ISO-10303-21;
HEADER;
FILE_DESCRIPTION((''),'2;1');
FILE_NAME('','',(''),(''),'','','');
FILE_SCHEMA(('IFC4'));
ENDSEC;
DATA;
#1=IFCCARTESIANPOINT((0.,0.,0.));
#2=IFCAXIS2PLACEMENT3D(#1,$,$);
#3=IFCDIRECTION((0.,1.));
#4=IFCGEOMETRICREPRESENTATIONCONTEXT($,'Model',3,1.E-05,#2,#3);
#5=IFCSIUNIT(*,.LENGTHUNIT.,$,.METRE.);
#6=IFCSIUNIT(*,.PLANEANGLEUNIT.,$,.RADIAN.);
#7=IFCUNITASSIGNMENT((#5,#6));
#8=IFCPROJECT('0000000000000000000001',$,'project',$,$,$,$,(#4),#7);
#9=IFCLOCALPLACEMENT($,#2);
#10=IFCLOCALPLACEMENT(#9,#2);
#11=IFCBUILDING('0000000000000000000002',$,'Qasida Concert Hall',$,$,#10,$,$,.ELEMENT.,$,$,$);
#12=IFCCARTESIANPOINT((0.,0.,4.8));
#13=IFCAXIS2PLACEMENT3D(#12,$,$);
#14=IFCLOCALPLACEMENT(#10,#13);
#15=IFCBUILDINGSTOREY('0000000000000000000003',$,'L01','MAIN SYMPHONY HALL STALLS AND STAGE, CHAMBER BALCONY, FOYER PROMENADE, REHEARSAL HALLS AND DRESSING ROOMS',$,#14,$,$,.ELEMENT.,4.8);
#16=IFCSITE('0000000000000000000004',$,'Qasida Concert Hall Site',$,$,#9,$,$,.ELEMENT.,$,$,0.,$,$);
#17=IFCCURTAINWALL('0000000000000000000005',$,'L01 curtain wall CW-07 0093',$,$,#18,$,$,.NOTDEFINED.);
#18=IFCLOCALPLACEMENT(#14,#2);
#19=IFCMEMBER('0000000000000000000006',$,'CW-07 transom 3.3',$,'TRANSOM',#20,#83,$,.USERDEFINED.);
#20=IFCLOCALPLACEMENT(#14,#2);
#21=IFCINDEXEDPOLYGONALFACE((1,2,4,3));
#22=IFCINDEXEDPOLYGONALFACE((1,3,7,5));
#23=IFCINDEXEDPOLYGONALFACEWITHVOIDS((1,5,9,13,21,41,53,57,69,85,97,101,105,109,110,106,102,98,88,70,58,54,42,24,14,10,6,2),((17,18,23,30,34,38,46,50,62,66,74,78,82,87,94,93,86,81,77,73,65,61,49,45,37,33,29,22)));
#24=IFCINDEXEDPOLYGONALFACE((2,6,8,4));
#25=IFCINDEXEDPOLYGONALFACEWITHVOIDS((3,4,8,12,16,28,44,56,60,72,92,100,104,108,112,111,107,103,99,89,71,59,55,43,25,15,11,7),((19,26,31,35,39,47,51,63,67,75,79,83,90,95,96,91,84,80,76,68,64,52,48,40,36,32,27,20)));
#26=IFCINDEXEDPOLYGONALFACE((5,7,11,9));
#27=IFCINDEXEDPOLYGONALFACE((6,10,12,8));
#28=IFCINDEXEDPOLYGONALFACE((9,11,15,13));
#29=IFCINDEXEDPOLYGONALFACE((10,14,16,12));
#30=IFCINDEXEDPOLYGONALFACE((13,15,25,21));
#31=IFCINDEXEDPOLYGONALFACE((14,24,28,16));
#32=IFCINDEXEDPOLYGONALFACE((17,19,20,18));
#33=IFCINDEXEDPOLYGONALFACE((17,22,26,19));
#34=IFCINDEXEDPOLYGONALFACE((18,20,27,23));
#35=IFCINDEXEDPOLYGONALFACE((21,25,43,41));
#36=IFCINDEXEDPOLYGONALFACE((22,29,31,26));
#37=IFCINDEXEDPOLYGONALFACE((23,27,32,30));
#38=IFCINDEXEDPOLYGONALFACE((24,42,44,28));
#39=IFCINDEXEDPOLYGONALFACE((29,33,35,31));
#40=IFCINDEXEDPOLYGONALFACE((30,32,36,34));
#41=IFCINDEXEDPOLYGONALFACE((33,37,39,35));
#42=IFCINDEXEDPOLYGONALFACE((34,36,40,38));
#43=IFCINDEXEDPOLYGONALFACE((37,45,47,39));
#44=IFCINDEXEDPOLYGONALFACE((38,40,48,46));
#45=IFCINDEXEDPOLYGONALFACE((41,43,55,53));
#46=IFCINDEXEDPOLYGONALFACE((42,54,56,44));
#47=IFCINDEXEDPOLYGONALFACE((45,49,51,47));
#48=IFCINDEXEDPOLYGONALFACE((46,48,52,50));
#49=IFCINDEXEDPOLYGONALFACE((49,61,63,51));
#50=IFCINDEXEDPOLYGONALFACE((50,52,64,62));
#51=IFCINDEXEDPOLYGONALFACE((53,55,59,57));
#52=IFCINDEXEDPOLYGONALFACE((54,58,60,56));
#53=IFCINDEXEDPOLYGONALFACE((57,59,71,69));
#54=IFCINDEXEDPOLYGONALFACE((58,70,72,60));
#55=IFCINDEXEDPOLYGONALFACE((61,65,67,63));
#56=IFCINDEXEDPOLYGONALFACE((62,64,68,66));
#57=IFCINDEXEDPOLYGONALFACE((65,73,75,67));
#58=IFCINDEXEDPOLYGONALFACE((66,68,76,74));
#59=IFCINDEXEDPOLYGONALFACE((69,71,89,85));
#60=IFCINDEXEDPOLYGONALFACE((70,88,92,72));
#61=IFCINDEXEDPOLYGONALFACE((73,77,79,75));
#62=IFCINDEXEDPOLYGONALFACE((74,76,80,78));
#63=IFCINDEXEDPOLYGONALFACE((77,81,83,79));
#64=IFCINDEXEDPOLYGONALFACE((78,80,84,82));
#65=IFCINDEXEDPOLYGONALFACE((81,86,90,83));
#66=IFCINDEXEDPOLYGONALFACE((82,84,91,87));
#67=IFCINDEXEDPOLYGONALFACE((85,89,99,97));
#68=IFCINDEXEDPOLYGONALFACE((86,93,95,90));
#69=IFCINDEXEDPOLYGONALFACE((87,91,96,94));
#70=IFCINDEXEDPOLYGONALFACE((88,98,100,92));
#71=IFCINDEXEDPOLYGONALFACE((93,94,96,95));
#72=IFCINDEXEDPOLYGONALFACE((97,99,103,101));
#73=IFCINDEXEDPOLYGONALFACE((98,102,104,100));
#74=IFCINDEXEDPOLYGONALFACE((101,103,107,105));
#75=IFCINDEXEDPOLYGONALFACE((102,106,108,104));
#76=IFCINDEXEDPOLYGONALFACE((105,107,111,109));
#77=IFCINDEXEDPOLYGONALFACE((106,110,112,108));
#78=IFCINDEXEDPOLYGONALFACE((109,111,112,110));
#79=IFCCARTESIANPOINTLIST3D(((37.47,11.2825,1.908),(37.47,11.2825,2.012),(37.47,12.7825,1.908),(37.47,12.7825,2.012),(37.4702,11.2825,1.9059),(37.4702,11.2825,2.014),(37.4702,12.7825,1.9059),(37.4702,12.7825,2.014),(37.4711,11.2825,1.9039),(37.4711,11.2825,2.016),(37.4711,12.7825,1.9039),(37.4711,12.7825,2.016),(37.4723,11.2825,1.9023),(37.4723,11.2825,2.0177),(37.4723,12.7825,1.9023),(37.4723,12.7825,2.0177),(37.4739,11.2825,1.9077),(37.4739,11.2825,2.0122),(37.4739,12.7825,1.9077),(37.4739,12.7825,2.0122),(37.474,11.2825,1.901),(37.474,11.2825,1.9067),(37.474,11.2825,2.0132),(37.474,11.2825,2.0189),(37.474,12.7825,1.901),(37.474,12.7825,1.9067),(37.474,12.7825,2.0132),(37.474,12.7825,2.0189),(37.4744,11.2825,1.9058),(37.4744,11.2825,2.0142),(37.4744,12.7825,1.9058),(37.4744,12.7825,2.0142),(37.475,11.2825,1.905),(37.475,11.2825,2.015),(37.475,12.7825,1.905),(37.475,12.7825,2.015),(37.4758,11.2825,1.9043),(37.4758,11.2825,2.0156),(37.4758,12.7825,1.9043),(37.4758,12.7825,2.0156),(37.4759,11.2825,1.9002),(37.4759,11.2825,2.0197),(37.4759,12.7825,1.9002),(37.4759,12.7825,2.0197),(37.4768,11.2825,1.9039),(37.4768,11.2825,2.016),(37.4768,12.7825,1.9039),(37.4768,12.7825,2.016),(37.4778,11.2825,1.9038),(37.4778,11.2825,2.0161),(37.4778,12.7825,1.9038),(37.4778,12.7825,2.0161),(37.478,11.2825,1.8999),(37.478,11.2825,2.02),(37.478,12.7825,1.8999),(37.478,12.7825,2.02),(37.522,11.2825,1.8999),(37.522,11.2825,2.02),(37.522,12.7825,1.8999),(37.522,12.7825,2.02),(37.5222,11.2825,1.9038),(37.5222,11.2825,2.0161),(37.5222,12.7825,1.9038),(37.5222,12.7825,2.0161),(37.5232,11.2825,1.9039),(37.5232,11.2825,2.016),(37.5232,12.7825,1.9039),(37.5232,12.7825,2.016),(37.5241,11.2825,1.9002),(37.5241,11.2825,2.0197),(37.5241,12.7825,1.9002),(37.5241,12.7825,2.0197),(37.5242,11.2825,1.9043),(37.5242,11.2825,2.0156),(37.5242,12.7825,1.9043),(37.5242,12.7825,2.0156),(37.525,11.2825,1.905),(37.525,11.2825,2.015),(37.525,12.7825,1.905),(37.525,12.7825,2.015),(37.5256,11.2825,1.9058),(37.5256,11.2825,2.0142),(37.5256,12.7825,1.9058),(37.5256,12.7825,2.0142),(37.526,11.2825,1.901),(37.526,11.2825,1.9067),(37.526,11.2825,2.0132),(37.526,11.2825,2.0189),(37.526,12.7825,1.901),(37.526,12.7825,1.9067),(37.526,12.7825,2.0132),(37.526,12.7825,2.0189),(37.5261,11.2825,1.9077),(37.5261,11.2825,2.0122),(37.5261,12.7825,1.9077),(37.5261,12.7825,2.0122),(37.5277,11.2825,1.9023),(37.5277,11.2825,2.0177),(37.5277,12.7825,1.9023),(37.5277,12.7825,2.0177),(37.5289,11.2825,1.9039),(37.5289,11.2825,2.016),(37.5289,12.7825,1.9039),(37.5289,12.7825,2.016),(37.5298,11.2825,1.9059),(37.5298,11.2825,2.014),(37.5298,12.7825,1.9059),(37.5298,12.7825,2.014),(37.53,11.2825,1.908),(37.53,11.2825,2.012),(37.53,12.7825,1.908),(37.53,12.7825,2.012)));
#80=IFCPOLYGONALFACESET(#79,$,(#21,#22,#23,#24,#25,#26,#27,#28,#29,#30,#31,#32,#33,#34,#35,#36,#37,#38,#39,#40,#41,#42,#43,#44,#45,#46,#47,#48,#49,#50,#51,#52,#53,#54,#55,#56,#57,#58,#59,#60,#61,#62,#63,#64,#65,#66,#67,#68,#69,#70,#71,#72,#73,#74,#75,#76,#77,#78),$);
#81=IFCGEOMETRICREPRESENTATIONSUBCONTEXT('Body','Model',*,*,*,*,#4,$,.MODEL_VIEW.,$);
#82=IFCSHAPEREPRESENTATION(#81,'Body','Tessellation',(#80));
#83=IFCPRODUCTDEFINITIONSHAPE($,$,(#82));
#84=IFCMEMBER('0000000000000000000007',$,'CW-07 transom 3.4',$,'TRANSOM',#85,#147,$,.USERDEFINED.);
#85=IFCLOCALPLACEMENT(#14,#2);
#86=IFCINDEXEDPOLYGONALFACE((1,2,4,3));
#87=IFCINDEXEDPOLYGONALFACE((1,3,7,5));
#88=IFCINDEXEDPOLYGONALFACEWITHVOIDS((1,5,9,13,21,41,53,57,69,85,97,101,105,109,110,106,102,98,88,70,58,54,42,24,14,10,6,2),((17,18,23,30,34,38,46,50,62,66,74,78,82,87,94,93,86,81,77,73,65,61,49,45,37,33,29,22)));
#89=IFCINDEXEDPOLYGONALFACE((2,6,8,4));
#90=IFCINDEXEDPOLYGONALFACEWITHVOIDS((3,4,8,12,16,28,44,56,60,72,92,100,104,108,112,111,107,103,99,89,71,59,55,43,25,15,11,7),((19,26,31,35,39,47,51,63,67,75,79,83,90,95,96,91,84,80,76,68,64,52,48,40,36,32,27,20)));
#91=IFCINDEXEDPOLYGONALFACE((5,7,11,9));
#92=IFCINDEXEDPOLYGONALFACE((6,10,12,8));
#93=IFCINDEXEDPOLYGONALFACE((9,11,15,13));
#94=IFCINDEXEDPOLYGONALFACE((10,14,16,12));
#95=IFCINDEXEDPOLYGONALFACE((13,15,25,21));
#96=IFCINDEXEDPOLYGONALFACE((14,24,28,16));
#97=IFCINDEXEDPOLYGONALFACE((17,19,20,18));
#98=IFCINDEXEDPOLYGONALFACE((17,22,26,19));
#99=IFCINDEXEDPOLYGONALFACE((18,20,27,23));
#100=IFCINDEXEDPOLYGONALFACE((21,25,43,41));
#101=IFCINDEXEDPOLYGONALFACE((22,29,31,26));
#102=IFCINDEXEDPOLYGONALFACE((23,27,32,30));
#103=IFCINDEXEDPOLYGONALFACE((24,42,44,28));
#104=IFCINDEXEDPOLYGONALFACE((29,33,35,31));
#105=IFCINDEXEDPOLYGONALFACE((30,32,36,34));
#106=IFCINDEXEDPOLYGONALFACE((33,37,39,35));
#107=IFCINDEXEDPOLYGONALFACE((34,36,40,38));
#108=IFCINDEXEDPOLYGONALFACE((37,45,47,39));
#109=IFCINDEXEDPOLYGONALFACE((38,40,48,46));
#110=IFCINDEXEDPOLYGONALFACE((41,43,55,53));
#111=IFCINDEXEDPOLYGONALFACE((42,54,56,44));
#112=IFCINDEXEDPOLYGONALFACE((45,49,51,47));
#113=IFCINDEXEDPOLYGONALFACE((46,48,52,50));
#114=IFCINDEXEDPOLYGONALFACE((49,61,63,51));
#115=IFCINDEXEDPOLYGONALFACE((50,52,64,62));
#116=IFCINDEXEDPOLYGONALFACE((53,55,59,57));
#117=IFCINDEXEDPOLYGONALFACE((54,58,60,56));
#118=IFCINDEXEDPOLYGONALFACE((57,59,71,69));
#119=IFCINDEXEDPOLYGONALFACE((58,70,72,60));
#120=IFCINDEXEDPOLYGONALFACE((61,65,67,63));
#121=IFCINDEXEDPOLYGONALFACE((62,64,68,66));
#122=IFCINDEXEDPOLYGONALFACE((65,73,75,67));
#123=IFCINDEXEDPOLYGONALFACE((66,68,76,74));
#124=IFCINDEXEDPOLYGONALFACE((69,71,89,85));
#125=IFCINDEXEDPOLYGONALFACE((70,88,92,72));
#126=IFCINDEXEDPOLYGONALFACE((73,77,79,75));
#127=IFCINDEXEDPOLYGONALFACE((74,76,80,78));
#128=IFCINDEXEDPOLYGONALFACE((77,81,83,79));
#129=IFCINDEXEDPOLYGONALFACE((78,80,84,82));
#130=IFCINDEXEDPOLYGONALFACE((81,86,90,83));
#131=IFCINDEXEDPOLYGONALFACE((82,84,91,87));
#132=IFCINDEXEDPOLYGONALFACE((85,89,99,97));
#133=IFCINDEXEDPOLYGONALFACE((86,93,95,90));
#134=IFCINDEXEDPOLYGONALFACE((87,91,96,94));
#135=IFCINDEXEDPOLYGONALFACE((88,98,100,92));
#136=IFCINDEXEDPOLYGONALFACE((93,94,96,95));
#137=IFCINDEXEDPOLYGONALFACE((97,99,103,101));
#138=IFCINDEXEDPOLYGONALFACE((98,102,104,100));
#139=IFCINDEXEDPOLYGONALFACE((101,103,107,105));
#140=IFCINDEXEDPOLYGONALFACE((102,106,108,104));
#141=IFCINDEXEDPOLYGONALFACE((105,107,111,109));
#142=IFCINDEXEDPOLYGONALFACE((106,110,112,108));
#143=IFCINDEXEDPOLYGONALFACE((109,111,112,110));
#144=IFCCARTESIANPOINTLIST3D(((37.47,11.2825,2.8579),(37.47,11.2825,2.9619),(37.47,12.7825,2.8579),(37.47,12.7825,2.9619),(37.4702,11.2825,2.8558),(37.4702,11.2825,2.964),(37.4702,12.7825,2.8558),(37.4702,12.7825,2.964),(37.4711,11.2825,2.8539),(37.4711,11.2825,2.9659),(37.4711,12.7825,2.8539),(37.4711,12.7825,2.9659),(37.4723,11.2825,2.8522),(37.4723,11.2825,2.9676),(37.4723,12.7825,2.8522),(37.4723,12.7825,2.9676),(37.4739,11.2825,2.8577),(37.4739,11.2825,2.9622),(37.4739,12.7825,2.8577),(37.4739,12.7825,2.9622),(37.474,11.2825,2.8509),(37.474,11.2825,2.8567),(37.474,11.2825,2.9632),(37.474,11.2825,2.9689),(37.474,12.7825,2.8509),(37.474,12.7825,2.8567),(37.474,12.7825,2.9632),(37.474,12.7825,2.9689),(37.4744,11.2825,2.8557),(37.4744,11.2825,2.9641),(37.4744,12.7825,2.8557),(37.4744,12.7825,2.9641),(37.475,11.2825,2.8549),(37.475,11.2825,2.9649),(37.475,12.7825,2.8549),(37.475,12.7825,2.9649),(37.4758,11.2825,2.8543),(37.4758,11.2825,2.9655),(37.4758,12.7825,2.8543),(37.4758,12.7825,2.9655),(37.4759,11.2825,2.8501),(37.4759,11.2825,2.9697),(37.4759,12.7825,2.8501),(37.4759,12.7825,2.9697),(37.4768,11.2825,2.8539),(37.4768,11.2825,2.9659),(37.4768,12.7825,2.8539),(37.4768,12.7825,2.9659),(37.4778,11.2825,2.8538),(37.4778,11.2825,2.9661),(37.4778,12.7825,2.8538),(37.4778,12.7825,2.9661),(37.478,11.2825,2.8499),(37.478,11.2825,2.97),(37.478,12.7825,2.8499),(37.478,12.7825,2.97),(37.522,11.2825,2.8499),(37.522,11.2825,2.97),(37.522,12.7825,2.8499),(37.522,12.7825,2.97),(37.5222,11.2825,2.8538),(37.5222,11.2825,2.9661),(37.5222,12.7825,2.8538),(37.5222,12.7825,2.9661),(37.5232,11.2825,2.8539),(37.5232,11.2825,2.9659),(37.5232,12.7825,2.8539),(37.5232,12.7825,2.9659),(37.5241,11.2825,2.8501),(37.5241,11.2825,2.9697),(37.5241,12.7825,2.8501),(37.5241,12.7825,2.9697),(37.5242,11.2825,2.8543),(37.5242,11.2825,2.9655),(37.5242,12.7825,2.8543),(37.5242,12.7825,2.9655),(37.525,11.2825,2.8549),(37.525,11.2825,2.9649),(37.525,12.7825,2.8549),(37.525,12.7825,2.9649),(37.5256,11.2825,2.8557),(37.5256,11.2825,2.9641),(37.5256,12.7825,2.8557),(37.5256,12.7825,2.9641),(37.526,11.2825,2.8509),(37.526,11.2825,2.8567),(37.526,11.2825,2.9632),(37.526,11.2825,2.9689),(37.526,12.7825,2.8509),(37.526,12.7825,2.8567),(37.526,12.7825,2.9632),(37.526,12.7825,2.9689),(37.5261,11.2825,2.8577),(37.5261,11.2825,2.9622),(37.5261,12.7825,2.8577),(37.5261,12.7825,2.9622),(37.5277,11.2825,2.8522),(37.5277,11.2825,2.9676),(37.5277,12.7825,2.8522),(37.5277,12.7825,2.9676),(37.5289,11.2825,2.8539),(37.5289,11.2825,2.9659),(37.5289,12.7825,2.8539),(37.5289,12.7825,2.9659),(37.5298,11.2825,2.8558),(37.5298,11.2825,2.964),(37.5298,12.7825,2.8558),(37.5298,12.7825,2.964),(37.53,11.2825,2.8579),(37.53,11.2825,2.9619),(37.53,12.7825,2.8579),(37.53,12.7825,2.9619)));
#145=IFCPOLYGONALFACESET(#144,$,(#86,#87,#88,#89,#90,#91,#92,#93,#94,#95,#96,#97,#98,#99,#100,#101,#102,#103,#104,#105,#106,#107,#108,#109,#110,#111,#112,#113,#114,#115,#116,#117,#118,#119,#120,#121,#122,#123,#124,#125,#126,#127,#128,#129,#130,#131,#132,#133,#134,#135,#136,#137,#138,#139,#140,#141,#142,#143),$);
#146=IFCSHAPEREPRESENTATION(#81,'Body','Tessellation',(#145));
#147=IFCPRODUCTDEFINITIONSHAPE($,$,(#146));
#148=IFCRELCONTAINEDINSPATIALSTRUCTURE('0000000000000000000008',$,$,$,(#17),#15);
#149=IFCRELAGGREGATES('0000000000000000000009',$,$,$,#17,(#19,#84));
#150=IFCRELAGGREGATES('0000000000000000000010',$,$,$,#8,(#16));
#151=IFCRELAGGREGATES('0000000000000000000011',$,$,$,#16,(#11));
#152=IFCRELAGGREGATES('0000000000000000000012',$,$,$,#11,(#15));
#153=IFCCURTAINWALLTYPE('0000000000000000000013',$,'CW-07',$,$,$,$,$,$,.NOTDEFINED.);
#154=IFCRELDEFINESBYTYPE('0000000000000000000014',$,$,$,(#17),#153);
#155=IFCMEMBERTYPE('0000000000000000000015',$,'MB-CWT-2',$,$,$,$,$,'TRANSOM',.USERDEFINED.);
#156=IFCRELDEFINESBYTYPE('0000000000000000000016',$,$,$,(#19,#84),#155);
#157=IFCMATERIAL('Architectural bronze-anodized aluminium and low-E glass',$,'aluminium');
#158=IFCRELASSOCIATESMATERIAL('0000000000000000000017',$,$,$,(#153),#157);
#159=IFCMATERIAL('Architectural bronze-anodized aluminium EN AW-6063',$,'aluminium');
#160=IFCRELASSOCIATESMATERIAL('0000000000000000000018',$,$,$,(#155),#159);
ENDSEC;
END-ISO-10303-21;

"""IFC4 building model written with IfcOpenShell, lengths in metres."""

from ifc_helpers import new_model, si_unit, direction, frame, origin, origin_2d, place, context, subcontext, project, spatial, hollow_rectangle, extrude, material, material_profile, profile_set, type_object, element, aggregate, save


model = new_model("IFC4")

# Units and contexts
model_context = context("Model", 3, precision=1e-05, world=origin(), true_north=direction((0.0, 1.0)))
body_context = subcontext(model_context, "Body", "Model", "MODEL_VIEW")
ifc_project = project(units=[si_unit("LENGTHUNIT", "METRE"), si_unit("PLANEANGLEUNIT", "RADIAN")], contexts=[model_context])

# Site, building, storey
site_placement = place(None, origin())
site = spatial("IfcSite", under=ifc_project, at=site_placement, Name="Qasida Concert Hall Site", CompositionType="ELEMENT", RefElevation=0.0)
building_placement = place(site_placement, origin())
building = spatial("IfcBuilding", under=site, at=building_placement, Name="Qasida Concert Hall", CompositionType="ELEMENT")
storey_placement = place(building_placement, frame((0.0, 0.0, 4.8)))
storey = spatial("IfcBuildingStorey", under=building, at=storey_placement, Name="L01", Description="MAIN SYMPHONY HALL STALLS AND STAGE, CHAMBER BALCONY, FOYER PROMENADE, REHEARSAL HALLS AND DRESSING ROOMS", CompositionType="ELEMENT", Elevation=4.8)

# Curtain wall
ifc_material_1 = material(Name="Architectural bronze-anodized aluminium and low-E glass", Category="aluminium")
curtain_wall_type = type_object("IfcCurtainWallType", Name="CW-07", PredefinedType="NOTDEFINED", material=ifc_material_1)
curtain_wall_1_placement = place(storey_placement, origin())
curtain_wall_1 = element("IfcCurtainWall", 1, at=curtain_wall_1_placement, inside=storey, type_object=curtain_wall_type, Name="L01 curtain wall CW-07 0093", PredefinedType="NOTDEFINED")
ifc_material_2 = material(Name="Architectural bronze-anodized aluminium EN AW-6063", Category="aluminium")

# Members
ifc_material_profile_1 = material_profile(ifc_material_2, hollow_rectangle(XDim=0.0601, YDim=0.1201, WallThickness=0.0039, InnerFilletRadius=0.0039, OuterFilletRadius=0.0081, at=origin_2d()), Name="CWT 120x60x4")
ifc_profile_set_1 = profile_set([ifc_material_profile_1], Name="Architectural bronze-anodized aluminium EN AW-6063")
member_type_1 = type_object("IfcMemberType", Name="MB-CWT-2", ElementType="TRANSOM", PredefinedType="USERDEFINED", material=ifc_profile_set_1)
member_1_placement = place(storey_placement, frame((37.5, 11.2825, 1.96), z_axis=(0.0, 1.0, 0.0), x_axis=(-1.0, 0.0, 0.0)))
member_1 = element("IfcMember", 2, at=member_1_placement, type_object=member_type_1, Name="CW-07 transom 3.3", ObjectType="TRANSOM", PredefinedType="USERDEFINED", context=body_context, shape_type="SweptSolid", body=[
    extrude(hollow_rectangle(XDim=0.0601, YDim=0.1201, WallThickness=0.0039, InnerFilletRadius=0.0039, OuterFilletRadius=0.0081, at=origin_2d()), origin(), (0.0, 0.0, 1.0), 1.5),
])
member_2_placement = place(storey_placement, frame((37.5, 11.2825, 2.9099), z_axis=(0.0, 1.0, 0.0), x_axis=(-1.0, 0.0, 0.0)))
member_2 = element("IfcMember", 3, at=member_2_placement, type_object=member_type_1, Name="CW-07 transom 3.4", ObjectType="TRANSOM", PredefinedType="USERDEFINED", context=body_context, shape_type="SweptSolid", body=[
    extrude(hollow_rectangle(XDim=0.0601, YDim=0.1201, WallThickness=0.0039, InnerFilletRadius=0.0039, OuterFilletRadius=0.0081, at=origin_2d()), origin(), (0.0, 0.0, 1.0), 1.5),
])

aggregate(curtain_wall_1, [member_1, member_2])

save(model, "model.ifc")
